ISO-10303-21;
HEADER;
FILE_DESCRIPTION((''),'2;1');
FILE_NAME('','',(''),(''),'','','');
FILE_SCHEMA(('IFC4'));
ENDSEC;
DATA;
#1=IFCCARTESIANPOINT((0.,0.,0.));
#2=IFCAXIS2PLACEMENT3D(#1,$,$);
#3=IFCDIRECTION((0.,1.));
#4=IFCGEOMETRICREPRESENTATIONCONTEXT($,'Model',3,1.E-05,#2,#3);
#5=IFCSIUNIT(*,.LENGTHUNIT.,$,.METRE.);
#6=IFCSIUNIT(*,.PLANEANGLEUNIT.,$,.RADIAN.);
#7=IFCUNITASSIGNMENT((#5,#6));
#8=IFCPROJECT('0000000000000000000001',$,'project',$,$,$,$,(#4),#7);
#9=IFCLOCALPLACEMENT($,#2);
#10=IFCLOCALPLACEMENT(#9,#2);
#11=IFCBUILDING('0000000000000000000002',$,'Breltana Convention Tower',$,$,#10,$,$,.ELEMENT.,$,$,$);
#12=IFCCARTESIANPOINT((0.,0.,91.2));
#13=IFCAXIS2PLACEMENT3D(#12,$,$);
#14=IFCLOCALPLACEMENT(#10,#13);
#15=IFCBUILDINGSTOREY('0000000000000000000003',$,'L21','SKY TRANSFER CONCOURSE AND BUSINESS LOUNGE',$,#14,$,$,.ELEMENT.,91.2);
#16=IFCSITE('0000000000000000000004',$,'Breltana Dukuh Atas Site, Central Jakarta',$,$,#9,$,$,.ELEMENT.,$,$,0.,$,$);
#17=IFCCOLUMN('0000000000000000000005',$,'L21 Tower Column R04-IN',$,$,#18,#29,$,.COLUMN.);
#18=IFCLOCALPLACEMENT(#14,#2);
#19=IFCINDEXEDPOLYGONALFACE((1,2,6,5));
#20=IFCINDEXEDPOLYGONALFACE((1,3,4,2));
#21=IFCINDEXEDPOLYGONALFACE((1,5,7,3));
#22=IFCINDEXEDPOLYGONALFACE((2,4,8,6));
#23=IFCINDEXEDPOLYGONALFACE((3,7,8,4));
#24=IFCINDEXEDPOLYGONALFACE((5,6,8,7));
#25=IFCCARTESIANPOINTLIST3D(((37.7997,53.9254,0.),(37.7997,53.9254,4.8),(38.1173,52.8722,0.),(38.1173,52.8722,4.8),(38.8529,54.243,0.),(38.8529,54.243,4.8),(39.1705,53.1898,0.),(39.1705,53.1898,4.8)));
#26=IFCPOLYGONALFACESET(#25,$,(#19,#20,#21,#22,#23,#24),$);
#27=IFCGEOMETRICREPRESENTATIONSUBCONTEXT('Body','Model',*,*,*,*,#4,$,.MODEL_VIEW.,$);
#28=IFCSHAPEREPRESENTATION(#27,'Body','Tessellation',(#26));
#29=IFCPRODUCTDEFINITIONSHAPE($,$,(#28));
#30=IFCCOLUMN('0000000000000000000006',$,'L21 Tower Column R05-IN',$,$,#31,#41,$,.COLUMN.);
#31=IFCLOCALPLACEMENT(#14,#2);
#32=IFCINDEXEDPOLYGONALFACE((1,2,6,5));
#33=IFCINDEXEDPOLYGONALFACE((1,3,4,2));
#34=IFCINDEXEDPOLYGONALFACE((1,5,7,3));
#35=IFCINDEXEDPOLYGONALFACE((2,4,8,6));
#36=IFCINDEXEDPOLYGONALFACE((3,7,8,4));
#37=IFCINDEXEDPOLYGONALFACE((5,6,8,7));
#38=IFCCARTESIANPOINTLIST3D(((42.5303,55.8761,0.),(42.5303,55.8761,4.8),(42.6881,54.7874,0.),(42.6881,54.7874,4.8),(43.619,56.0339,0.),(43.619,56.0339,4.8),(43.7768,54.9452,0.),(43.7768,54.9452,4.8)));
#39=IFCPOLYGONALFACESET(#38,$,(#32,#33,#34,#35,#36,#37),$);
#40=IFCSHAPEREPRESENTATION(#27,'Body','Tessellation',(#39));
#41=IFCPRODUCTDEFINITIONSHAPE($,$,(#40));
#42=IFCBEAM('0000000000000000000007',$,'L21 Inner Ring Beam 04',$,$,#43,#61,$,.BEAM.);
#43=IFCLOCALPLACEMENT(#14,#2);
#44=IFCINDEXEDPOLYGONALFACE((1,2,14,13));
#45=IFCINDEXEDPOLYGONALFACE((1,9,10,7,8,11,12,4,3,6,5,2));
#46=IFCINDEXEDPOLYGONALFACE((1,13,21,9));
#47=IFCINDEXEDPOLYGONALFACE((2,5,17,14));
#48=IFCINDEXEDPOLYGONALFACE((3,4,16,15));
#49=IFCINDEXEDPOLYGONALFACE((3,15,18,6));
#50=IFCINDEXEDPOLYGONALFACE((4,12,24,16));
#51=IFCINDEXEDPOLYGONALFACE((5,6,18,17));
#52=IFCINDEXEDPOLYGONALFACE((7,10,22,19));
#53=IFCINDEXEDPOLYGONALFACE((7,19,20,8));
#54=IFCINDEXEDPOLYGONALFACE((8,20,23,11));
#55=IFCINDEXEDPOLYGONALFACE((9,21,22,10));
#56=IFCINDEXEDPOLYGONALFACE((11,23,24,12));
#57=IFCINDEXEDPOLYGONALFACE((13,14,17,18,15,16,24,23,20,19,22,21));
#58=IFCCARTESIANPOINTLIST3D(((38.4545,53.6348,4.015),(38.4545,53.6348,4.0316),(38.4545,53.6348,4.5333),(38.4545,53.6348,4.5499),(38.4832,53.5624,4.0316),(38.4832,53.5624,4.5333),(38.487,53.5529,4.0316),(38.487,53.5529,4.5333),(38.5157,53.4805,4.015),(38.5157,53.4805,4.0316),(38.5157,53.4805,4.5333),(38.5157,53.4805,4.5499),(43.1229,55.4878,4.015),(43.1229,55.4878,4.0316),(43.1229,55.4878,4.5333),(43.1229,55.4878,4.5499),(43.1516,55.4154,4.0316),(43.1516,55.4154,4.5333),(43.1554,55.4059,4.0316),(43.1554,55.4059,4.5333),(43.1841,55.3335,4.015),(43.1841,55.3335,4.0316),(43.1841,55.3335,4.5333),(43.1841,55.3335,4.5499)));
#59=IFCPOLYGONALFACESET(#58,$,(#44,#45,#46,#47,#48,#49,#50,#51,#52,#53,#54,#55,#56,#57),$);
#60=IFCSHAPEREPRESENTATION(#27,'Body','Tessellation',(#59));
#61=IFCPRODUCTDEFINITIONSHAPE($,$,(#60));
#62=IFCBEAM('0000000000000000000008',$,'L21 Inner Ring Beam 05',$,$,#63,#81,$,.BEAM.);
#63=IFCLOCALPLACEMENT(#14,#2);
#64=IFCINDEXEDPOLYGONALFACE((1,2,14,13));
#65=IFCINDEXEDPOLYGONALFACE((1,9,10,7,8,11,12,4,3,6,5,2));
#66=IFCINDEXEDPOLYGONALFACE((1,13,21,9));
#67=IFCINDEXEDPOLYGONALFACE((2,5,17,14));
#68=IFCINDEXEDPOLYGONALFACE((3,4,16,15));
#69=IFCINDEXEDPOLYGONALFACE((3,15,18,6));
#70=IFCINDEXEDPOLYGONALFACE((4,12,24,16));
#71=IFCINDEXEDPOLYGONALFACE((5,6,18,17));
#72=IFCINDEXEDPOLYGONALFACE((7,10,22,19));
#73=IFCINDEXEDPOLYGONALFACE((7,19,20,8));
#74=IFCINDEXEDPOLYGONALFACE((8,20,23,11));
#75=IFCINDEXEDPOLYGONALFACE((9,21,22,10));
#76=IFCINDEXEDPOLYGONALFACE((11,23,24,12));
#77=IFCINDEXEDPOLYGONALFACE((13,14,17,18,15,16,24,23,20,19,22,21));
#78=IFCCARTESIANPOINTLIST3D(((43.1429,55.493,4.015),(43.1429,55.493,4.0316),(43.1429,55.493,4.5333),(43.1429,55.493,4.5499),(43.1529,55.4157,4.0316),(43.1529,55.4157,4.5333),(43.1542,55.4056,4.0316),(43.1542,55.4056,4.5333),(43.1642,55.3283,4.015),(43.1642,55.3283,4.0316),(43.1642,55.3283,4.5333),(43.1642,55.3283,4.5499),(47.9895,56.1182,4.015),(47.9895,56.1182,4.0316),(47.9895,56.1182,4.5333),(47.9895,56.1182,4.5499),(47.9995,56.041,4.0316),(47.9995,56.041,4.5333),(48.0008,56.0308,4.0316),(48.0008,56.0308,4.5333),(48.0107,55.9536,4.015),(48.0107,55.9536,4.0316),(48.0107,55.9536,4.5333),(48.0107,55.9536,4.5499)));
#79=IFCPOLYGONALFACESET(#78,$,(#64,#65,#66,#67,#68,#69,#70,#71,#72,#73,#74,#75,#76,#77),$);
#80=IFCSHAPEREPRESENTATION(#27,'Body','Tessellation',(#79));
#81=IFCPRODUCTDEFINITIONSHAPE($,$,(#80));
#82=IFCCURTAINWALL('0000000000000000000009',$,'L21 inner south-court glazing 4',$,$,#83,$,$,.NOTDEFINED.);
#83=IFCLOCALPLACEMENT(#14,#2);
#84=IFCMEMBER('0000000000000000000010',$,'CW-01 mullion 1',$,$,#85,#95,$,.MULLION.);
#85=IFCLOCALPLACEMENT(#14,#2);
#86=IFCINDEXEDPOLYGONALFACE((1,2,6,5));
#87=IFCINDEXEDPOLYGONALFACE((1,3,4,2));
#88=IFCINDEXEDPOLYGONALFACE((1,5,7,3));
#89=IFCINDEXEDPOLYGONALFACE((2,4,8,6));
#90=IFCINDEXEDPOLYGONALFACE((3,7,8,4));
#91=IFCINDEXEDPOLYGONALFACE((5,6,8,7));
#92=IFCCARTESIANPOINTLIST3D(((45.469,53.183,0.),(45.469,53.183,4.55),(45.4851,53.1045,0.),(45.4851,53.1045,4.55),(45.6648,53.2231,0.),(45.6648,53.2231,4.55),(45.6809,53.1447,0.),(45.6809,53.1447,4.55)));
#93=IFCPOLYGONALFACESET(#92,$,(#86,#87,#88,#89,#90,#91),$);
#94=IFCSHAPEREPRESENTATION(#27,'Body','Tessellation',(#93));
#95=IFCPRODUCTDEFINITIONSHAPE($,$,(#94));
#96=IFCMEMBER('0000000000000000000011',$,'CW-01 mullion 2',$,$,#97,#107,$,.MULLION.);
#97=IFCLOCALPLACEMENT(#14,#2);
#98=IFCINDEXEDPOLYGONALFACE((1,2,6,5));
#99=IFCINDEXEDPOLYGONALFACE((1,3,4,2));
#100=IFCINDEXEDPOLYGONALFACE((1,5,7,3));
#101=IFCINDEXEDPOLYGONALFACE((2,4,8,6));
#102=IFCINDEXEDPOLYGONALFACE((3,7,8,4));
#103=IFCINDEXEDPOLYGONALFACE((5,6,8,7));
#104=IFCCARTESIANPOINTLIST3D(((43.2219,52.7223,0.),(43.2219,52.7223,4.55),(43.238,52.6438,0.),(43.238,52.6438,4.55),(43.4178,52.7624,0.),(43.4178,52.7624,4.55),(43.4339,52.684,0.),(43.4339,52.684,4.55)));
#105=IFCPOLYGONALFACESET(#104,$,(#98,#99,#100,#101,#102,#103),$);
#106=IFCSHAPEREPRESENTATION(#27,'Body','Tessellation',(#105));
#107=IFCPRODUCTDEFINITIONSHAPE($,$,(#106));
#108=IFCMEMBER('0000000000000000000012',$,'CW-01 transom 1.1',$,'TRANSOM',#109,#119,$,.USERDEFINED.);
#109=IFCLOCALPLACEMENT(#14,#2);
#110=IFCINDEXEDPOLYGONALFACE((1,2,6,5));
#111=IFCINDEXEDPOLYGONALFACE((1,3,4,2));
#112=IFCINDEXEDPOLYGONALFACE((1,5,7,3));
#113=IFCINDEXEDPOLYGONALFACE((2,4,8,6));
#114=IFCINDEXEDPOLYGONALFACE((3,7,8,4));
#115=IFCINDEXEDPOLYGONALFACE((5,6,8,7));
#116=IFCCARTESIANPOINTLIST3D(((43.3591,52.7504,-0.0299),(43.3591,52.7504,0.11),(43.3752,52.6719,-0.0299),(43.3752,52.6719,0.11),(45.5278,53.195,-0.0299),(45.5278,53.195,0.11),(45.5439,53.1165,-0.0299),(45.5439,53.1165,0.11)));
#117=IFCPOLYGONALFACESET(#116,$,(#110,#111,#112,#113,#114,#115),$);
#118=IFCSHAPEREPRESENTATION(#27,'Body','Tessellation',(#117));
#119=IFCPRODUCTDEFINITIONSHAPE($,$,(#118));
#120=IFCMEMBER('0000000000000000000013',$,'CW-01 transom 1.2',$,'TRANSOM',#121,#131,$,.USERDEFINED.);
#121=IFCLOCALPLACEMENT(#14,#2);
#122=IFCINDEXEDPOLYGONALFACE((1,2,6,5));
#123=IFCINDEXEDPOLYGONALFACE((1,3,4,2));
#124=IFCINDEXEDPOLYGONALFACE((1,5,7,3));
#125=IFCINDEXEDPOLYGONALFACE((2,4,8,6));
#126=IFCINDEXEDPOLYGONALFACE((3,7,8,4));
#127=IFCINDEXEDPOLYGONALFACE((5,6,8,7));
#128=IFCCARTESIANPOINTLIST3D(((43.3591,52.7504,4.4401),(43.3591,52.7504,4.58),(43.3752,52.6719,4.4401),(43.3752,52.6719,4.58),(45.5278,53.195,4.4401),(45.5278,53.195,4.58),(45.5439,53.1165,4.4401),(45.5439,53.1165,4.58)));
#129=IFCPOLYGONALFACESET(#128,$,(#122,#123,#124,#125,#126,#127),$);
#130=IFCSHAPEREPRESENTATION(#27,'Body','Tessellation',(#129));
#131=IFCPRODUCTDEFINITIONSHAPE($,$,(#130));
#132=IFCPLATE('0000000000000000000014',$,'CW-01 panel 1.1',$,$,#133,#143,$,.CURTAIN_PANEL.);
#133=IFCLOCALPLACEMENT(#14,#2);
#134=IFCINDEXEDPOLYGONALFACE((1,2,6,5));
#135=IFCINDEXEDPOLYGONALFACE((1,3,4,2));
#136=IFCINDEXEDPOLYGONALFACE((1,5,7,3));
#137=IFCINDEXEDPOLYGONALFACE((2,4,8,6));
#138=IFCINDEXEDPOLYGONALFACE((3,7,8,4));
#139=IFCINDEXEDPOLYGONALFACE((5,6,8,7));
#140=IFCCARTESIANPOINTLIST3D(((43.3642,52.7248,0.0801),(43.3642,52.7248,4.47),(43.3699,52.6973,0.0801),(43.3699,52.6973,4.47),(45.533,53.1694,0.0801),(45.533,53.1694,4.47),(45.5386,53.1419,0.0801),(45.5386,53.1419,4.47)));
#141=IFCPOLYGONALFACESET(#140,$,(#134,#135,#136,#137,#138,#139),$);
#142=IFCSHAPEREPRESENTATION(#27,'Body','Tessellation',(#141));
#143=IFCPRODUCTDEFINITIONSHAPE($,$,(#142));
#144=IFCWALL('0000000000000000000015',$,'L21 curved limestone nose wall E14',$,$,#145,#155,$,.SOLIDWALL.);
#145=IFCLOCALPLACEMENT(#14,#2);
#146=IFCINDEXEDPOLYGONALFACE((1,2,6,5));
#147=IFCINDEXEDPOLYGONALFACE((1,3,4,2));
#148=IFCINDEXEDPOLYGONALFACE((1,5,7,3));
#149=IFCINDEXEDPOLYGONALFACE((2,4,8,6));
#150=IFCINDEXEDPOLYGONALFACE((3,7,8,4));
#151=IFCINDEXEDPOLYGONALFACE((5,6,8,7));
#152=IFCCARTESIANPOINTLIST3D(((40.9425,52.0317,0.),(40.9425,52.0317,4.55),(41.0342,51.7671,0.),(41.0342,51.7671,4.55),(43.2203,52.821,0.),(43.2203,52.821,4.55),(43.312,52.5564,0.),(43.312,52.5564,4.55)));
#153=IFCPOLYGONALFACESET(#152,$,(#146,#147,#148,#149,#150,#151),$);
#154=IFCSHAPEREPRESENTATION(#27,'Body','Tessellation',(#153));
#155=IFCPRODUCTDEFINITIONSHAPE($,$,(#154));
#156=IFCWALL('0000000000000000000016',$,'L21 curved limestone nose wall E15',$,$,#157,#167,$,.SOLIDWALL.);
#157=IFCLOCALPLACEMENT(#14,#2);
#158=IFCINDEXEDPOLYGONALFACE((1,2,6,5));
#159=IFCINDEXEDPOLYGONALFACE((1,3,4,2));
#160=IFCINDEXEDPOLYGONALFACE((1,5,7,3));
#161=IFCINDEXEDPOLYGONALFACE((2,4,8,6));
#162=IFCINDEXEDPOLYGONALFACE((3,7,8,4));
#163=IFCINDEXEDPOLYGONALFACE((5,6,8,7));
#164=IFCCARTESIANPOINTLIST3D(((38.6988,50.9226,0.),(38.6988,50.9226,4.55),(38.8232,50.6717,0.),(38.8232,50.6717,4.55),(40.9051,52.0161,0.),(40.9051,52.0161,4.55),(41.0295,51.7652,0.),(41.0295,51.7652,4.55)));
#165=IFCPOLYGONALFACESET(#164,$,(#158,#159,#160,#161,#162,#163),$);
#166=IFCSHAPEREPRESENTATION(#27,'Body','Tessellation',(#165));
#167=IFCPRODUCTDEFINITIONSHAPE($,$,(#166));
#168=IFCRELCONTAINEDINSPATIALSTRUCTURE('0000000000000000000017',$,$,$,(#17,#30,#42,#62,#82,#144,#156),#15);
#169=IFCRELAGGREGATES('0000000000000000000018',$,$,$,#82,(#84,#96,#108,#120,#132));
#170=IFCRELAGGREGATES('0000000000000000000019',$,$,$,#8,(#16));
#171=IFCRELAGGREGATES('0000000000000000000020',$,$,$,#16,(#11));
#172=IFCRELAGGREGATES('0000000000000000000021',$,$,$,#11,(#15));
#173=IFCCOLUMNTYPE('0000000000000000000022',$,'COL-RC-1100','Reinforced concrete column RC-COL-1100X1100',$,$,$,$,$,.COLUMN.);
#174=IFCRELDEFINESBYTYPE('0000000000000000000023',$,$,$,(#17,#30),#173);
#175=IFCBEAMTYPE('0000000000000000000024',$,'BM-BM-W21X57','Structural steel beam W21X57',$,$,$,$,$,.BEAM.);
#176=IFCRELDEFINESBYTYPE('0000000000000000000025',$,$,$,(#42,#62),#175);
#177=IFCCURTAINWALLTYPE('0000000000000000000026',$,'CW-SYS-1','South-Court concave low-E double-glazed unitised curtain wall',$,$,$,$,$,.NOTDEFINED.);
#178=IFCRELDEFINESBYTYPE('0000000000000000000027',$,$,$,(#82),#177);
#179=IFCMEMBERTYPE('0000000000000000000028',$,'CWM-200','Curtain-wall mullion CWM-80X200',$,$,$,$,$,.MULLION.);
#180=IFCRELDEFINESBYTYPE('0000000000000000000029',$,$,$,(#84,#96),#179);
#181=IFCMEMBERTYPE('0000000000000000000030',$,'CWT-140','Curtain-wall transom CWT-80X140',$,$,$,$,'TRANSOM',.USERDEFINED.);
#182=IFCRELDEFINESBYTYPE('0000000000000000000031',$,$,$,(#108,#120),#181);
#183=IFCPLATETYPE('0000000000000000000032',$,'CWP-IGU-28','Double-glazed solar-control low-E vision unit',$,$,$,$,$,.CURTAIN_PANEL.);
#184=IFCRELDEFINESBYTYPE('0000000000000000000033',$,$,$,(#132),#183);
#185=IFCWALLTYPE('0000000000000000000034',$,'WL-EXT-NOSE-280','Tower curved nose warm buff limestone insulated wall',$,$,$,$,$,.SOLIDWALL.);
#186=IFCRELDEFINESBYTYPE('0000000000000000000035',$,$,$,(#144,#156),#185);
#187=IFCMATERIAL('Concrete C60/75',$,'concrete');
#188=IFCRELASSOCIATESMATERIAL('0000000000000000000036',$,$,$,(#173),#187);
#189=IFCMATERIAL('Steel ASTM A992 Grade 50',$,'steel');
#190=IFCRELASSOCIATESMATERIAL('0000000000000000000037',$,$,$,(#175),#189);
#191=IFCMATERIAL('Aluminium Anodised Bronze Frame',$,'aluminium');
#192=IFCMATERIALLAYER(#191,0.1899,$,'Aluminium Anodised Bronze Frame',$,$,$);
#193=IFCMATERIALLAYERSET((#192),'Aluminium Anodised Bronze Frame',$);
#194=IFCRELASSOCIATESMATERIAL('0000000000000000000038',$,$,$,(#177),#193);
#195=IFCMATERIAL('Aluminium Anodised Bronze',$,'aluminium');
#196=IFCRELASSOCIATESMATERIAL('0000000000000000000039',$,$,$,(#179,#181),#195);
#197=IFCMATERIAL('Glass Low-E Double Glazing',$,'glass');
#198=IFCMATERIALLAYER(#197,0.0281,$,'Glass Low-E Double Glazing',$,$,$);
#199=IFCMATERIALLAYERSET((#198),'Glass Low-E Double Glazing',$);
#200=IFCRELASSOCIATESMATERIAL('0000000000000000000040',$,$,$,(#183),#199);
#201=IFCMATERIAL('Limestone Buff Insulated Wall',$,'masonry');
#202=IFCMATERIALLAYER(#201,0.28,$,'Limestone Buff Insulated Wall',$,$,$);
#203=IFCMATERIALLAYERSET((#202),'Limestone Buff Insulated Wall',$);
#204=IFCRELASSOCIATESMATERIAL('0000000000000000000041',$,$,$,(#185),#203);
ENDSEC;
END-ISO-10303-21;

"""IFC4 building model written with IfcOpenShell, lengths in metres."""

from ifc_helpers import new_model, si_unit, direction, frame, frame_2d, origin, origin_2d, place, context, subcontext, project, spatial, rectangle, i_section, extrude, source, transform, mapped, material, layer, layer_set, material_profile, profile_set, type_object, element, aggregate, save


model = new_model("IFC4")

# Units and contexts
model_context = context("Model", 3, precision=1e-05, world=origin(), true_north=direction((0.0, 1.0)))
body_context = subcontext(model_context, "Body", "Model", "MODEL_VIEW")
ifc_project = project(units=[si_unit("LENGTHUNIT", "METRE"), si_unit("PLANEANGLEUNIT", "RADIAN")], contexts=[model_context])

# Site, building, storey
site_placement = place(None, origin())
site = spatial("IfcSite", under=ifc_project, at=site_placement, Name="Breltana Dukuh Atas Site, Central Jakarta", CompositionType="ELEMENT", RefElevation=0.0)
building_placement = place(site_placement, origin())
building = spatial("IfcBuilding", under=site, at=building_placement, Name="Breltana Convention Tower", CompositionType="ELEMENT")
storey_placement = place(building_placement, frame((0.0, 0.0, 91.2)))
storey = spatial("IfcBuildingStorey", under=building, at=storey_placement, Name="L21", Description="SKY TRANSFER CONCOURSE AND BUSINESS LOUNGE", CompositionType="ELEMENT", Elevation=91.2)

# Columns
ifc_material_1 = material(Name="Concrete C60/75", Category="concrete")
ifc_material_profile_1 = material_profile(ifc_material_1, rectangle(XDim=1.1001, YDim=1.1001, at=origin_2d()), Name="RC-COL-1100X1100")
ifc_profile_set_1 = profile_set([ifc_material_profile_1], Name="Concrete C60/75")
column_type = type_object("IfcColumnType", Name="COL-RC-1100", Description="Reinforced concrete column RC-COL-1100X1100", PredefinedType="COLUMN", material=ifc_profile_set_1)
shared_shape_1 = source(origin(), body_context, "Body", "SweptSolid", [
    extrude(rectangle(XDim=1.1001, YDim=1.1001, at=origin_2d()), origin(), (0.0, 0.0, 1.0), 4.8),
])
for number, where, z_axis, x_axis, name in (
    (1, (38.4851, 53.5576, 0.0), (0.0, 0.0, 1.0), (-0.288698, 0.95742, 0.0), "L21 Tower Column R04-IN"),
    (2, (43.1536, 55.4106, 0.0), (0.0, 0.0, 1.0), (-0.143493, 0.989651, 0.0), "L21 Tower Column R05-IN"),
):
    element("IfcColumn", number, at=place(storey_placement, frame(where, z_axis=z_axis, x_axis=x_axis)), inside=storey, type_object=column_type, Name=name, PredefinedType="COLUMN", context=body_context, shape_type="MappedRepresentation", body=[
        mapped(shared_shape_1, transform((0.0, 0.0, 0.0), scale=1.0)),
    ])

# Beams
ifc_material_2 = material(Name="Steel ASTM A992 Grade 50", Category="steel")
ifc_material_profile_2 = material_profile(ifc_material_2, i_section(OverallWidth=0.166, OverallDepth=0.5349, WebThickness=0.0103, FlangeThickness=0.0166, at=origin_2d()), Name="W21X57")
ifc_profile_set_2 = profile_set([ifc_material_profile_2], Name="Steel ASTM A992 Grade 50")
beam_type = type_object("IfcBeamType", Name="BM-BM-W21X57", Description="Structural steel beam W21X57", PredefinedType="BEAM", material=ifc_profile_set_2)
shared_shape_2 = source(origin(), body_context, "Body", "SweptSolid", [
    extrude(i_section(OverallWidth=0.166, OverallDepth=0.5349, WebThickness=0.0103, FlangeThickness=0.0166, at=origin_2d()), origin(), (0.0, 0.0, 1.0), 5.0227),
])
beam_1_placement = place(storey_placement, frame((38.4851, 53.5576, 4.2825), z_axis=(0.929459, 0.368926, 0.0), x_axis=(-0.368926, 0.929459, 0.0)))
element("IfcBeam", 3, at=beam_1_placement, inside=storey, type_object=beam_type, Name="L21 Inner Ring Beam 04", PredefinedType="BEAM", context=body_context, shape_type="MappedRepresentation", body=[
    mapped(shared_shape_2, transform((0.0, 0.0, 0.0), scale=1.0)),
])
shared_shape_3 = source(origin(), body_context, "Body", "SweptSolid", [
    extrude(i_section(OverallWidth=0.166, OverallDepth=0.5349, WebThickness=0.0103, FlangeThickness=0.0166, at=origin_2d()), origin(), (0.0, 0.0, 1.0), 4.8867),
])
beam_2_placement = place(storey_placement, frame((43.1536, 55.4106, 4.2825), z_axis=(0.991781, 0.127951, 0.0), x_axis=(-0.127951, 0.991781, 0.0)))
element("IfcBeam", 4, at=beam_2_placement, inside=storey, type_object=beam_type, Name="L21 Inner Ring Beam 05", PredefinedType="BEAM", context=body_context, shape_type="MappedRepresentation", body=[
    mapped(shared_shape_3, transform((0.0, 0.0, 0.0), scale=1.0)),
])

# Curtain wall, members, plate
ifc_material_3 = material(Name="Aluminium Anodised Bronze Frame", Category="aluminium")
ifc_layer_1 = layer(ifc_material_3, 0.1899, Name="Aluminium Anodised Bronze Frame")
ifc_layer_set_1 = layer_set([ifc_layer_1], Name="Aluminium Anodised Bronze Frame")
curtain_wall_type = type_object("IfcCurtainWallType", Name="CW-SYS-1", Description="South-Court concave low-E double-glazed unitised curtain wall", PredefinedType="NOTDEFINED", material=ifc_layer_set_1)
curtain_wall_placement = place(storey_placement, origin())
curtain_wall = element("IfcCurtainWall", 5, at=curtain_wall_placement, inside=storey, type_object=curtain_wall_type, Name="L21 inner south-court glazing 4", PredefinedType="NOTDEFINED")
ifc_material_4 = material(Name="Aluminium Anodised Bronze", Category="aluminium")
ifc_material_profile_3 = material_profile(ifc_material_4, rectangle(XDim=0.0801, YDim=0.2, at=origin_2d()), Name="CWM-80X200")
ifc_profile_set_3 = profile_set([ifc_material_profile_3], Name="Aluminium Anodised Bronze")
member_type_1 = type_object("IfcMemberType", Name="CWM-200", Description="Curtain-wall mullion CWM-80X200", PredefinedType="MULLION", material=ifc_profile_set_3)
shared_shape_4 = source(origin(), body_context, "Body", "SweptSolid", [
    extrude(rectangle(XDim=0.0801, YDim=0.2, at=origin_2d()), origin(), (0.0, 0.0, 1.0), 4.55),
])
member_1_placement = place(storey_placement, frame((45.575, 53.1638, 0.0), z_axis=(0.0, 0.0, 1.0), x_axis=(0.200853, -0.979621, 0.0)))
member_1 = element("IfcMember", 6, at=member_1_placement, type_object=member_type_1, Name="CW-01 mullion 1", PredefinedType="MULLION", context=body_context, shape_type="MappedRepresentation", body=[
    mapped(shared_shape_4, transform((0.0, 0.0, 0.0), scale=1.0)),
])
member_2_placement = place(storey_placement, frame((43.3279, 52.7031, 0.0), z_axis=(0.0, 0.0, 1.0), x_axis=(0.200853, -0.979621, 0.0)))
member_2 = element("IfcMember", 7, at=member_2_placement, type_object=member_type_1, Name="CW-01 mullion 2", PredefinedType="MULLION", context=body_context, shape_type="MappedRepresentation", body=[
    mapped(shared_shape_4, transform((0.0, 0.0, 0.0), scale=1.0)),
])
ifc_material_profile_4 = material_profile(ifc_material_4, rectangle(XDim=0.0801, YDim=0.1399, at=origin_2d()), Name="CWT-80X140")
ifc_profile_set_4 = profile_set([ifc_material_profile_4], Name="Aluminium Anodised Bronze")
member_type_2 = type_object("IfcMemberType", Name="CWT-140", Description="Curtain-wall transom CWT-80X140", ElementType="TRANSOM", PredefinedType="USERDEFINED", material=ifc_profile_set_4)
shared_shape_5 = source(origin(), body_context, "Body", "SweptSolid", [
    extrude(rectangle(XDim=0.0801, YDim=0.1399, at=origin_2d()), origin(), (0.0, 0.0, 1.0), 2.2139),
])
member_3_placement = place(storey_placement, frame((45.5359, 53.1558, 0.04), z_axis=(-0.979628, -0.200822, 0.0), x_axis=(0.200822, -0.979628, 0.0)))
member_3 = element("IfcMember", 8, at=member_3_placement, type_object=member_type_2, Name="CW-01 transom 1.1", ObjectType="TRANSOM", PredefinedType="USERDEFINED", context=body_context, shape_type="MappedRepresentation", body=[
    mapped(shared_shape_5, transform((0.0, 0.0, 0.0), scale=1.0)),
])
member_4_placement = place(storey_placement, frame((45.5359, 53.1558, 4.51), z_axis=(-0.979628, -0.200822, 0.0), x_axis=(0.200822, -0.979628, 0.0)))
member_4 = element("IfcMember", 9, at=member_4_placement, type_object=member_type_2, Name="CW-01 transom 1.2", ObjectType="TRANSOM", PredefinedType="USERDEFINED", context=body_context, shape_type="MappedRepresentation", body=[
    mapped(shared_shape_5, transform((0.0, 0.0, 0.0), scale=1.0)),
])
ifc_material_5 = material(Name="Glass Low-E Double Glazing", Category="glass")
ifc_layer_2 = layer(ifc_material_5, 0.0281, Name="Glass Low-E Double Glazing")
ifc_layer_set_2 = layer_set([ifc_layer_2], Name="Glass Low-E Double Glazing")
plate_type = type_object("IfcPlateType", Name="CWP-IGU-28", Description="Double-glazed solar-control low-E vision unit", PredefinedType="CURTAIN_PANEL", material=ifc_layer_set_2)
shared_shape_6 = source(origin(), body_context, "Body", "SweptSolid", [
    extrude(rectangle(XDim=2.2139, YDim=0.0281, at=origin_2d()), origin(), (0.0, 0.0, 1.0), 4.3899),
])
plate_placement = place(storey_placement, frame((44.4514, 52.9333, 0.0801), z_axis=(0.0, 0.0, 1.0), x_axis=(-0.979621, -0.200853, 0.0)))
plate = element("IfcPlate", 10, at=plate_placement, type_object=plate_type, Name="CW-01 panel 1.1", PredefinedType="CURTAIN_PANEL", context=body_context, shape_type="MappedRepresentation", body=[
    mapped(shared_shape_6, transform((0.0, 0.0, 0.0), scale=1.0)),
])
aggregate(curtain_wall, [member_1, member_2, member_3, member_4, plate])

# Walls
ifc_material_6 = material(Name="Limestone Buff Insulated Wall", Category="masonry")
ifc_layer_3 = layer(ifc_material_6, 0.28, Name="Limestone Buff Insulated Wall")
ifc_layer_set_3 = layer_set([ifc_layer_3], Name="Limestone Buff Insulated Wall")
wall_type_1 = type_object("IfcWallType", Name="WL-EXT-NOSE-280", Description="Tower curved nose warm buff limestone insulated wall", PredefinedType="SOLIDWALL", material=ifc_layer_set_3)
shared_shape_7 = source(origin(), body_context, "Body", "SweptSolid", [
    extrude(rectangle(XDim=2.4106, YDim=0.28, at=frame_2d((1.2053, 0.0))), origin(), (0.0, 0.0, 1.0), 4.55),
])
wall_1_placement = place(storey_placement, frame((43.2661, 52.6887, 0.0), z_axis=(0.0, 0.0, 1.0), x_axis=(-0.94488, -0.327417, 0.0)))
element("IfcWall", 11, at=wall_1_placement, inside=storey, type_object=wall_type_1, Name="L21 curved limestone nose wall E14", PredefinedType="SOLIDWALL", context=body_context, shape_type="MappedRepresentation", body=[
    mapped(shared_shape_7, transform((0.0, 0.0, 0.0), scale=1.0)),
])
shared_shape_8 = source(origin(), body_context, "Body", "SweptSolid", [
    extrude(rectangle(XDim=2.4624, YDim=0.28, at=frame_2d((1.2312, 0.0))), origin(), (0.0, 0.0, 1.0), 4.55),
])
wall_2_placement = place(storey_placement, frame((40.9673, 51.8906, 0.0), z_axis=(0.0, 0.0, 1.0), x_axis=(-0.895988, -0.444078, 0.0)))
element("IfcWall", 12, at=wall_2_placement, inside=storey, type_object=wall_type_1, Name="L21 curved limestone nose wall E15", PredefinedType="SOLIDWALL", context=body_context, shape_type="MappedRepresentation", body=[
    mapped(shared_shape_8, transform((0.0, 0.0, 0.0), scale=1.0)),
])

save(model, "model.ifc")
